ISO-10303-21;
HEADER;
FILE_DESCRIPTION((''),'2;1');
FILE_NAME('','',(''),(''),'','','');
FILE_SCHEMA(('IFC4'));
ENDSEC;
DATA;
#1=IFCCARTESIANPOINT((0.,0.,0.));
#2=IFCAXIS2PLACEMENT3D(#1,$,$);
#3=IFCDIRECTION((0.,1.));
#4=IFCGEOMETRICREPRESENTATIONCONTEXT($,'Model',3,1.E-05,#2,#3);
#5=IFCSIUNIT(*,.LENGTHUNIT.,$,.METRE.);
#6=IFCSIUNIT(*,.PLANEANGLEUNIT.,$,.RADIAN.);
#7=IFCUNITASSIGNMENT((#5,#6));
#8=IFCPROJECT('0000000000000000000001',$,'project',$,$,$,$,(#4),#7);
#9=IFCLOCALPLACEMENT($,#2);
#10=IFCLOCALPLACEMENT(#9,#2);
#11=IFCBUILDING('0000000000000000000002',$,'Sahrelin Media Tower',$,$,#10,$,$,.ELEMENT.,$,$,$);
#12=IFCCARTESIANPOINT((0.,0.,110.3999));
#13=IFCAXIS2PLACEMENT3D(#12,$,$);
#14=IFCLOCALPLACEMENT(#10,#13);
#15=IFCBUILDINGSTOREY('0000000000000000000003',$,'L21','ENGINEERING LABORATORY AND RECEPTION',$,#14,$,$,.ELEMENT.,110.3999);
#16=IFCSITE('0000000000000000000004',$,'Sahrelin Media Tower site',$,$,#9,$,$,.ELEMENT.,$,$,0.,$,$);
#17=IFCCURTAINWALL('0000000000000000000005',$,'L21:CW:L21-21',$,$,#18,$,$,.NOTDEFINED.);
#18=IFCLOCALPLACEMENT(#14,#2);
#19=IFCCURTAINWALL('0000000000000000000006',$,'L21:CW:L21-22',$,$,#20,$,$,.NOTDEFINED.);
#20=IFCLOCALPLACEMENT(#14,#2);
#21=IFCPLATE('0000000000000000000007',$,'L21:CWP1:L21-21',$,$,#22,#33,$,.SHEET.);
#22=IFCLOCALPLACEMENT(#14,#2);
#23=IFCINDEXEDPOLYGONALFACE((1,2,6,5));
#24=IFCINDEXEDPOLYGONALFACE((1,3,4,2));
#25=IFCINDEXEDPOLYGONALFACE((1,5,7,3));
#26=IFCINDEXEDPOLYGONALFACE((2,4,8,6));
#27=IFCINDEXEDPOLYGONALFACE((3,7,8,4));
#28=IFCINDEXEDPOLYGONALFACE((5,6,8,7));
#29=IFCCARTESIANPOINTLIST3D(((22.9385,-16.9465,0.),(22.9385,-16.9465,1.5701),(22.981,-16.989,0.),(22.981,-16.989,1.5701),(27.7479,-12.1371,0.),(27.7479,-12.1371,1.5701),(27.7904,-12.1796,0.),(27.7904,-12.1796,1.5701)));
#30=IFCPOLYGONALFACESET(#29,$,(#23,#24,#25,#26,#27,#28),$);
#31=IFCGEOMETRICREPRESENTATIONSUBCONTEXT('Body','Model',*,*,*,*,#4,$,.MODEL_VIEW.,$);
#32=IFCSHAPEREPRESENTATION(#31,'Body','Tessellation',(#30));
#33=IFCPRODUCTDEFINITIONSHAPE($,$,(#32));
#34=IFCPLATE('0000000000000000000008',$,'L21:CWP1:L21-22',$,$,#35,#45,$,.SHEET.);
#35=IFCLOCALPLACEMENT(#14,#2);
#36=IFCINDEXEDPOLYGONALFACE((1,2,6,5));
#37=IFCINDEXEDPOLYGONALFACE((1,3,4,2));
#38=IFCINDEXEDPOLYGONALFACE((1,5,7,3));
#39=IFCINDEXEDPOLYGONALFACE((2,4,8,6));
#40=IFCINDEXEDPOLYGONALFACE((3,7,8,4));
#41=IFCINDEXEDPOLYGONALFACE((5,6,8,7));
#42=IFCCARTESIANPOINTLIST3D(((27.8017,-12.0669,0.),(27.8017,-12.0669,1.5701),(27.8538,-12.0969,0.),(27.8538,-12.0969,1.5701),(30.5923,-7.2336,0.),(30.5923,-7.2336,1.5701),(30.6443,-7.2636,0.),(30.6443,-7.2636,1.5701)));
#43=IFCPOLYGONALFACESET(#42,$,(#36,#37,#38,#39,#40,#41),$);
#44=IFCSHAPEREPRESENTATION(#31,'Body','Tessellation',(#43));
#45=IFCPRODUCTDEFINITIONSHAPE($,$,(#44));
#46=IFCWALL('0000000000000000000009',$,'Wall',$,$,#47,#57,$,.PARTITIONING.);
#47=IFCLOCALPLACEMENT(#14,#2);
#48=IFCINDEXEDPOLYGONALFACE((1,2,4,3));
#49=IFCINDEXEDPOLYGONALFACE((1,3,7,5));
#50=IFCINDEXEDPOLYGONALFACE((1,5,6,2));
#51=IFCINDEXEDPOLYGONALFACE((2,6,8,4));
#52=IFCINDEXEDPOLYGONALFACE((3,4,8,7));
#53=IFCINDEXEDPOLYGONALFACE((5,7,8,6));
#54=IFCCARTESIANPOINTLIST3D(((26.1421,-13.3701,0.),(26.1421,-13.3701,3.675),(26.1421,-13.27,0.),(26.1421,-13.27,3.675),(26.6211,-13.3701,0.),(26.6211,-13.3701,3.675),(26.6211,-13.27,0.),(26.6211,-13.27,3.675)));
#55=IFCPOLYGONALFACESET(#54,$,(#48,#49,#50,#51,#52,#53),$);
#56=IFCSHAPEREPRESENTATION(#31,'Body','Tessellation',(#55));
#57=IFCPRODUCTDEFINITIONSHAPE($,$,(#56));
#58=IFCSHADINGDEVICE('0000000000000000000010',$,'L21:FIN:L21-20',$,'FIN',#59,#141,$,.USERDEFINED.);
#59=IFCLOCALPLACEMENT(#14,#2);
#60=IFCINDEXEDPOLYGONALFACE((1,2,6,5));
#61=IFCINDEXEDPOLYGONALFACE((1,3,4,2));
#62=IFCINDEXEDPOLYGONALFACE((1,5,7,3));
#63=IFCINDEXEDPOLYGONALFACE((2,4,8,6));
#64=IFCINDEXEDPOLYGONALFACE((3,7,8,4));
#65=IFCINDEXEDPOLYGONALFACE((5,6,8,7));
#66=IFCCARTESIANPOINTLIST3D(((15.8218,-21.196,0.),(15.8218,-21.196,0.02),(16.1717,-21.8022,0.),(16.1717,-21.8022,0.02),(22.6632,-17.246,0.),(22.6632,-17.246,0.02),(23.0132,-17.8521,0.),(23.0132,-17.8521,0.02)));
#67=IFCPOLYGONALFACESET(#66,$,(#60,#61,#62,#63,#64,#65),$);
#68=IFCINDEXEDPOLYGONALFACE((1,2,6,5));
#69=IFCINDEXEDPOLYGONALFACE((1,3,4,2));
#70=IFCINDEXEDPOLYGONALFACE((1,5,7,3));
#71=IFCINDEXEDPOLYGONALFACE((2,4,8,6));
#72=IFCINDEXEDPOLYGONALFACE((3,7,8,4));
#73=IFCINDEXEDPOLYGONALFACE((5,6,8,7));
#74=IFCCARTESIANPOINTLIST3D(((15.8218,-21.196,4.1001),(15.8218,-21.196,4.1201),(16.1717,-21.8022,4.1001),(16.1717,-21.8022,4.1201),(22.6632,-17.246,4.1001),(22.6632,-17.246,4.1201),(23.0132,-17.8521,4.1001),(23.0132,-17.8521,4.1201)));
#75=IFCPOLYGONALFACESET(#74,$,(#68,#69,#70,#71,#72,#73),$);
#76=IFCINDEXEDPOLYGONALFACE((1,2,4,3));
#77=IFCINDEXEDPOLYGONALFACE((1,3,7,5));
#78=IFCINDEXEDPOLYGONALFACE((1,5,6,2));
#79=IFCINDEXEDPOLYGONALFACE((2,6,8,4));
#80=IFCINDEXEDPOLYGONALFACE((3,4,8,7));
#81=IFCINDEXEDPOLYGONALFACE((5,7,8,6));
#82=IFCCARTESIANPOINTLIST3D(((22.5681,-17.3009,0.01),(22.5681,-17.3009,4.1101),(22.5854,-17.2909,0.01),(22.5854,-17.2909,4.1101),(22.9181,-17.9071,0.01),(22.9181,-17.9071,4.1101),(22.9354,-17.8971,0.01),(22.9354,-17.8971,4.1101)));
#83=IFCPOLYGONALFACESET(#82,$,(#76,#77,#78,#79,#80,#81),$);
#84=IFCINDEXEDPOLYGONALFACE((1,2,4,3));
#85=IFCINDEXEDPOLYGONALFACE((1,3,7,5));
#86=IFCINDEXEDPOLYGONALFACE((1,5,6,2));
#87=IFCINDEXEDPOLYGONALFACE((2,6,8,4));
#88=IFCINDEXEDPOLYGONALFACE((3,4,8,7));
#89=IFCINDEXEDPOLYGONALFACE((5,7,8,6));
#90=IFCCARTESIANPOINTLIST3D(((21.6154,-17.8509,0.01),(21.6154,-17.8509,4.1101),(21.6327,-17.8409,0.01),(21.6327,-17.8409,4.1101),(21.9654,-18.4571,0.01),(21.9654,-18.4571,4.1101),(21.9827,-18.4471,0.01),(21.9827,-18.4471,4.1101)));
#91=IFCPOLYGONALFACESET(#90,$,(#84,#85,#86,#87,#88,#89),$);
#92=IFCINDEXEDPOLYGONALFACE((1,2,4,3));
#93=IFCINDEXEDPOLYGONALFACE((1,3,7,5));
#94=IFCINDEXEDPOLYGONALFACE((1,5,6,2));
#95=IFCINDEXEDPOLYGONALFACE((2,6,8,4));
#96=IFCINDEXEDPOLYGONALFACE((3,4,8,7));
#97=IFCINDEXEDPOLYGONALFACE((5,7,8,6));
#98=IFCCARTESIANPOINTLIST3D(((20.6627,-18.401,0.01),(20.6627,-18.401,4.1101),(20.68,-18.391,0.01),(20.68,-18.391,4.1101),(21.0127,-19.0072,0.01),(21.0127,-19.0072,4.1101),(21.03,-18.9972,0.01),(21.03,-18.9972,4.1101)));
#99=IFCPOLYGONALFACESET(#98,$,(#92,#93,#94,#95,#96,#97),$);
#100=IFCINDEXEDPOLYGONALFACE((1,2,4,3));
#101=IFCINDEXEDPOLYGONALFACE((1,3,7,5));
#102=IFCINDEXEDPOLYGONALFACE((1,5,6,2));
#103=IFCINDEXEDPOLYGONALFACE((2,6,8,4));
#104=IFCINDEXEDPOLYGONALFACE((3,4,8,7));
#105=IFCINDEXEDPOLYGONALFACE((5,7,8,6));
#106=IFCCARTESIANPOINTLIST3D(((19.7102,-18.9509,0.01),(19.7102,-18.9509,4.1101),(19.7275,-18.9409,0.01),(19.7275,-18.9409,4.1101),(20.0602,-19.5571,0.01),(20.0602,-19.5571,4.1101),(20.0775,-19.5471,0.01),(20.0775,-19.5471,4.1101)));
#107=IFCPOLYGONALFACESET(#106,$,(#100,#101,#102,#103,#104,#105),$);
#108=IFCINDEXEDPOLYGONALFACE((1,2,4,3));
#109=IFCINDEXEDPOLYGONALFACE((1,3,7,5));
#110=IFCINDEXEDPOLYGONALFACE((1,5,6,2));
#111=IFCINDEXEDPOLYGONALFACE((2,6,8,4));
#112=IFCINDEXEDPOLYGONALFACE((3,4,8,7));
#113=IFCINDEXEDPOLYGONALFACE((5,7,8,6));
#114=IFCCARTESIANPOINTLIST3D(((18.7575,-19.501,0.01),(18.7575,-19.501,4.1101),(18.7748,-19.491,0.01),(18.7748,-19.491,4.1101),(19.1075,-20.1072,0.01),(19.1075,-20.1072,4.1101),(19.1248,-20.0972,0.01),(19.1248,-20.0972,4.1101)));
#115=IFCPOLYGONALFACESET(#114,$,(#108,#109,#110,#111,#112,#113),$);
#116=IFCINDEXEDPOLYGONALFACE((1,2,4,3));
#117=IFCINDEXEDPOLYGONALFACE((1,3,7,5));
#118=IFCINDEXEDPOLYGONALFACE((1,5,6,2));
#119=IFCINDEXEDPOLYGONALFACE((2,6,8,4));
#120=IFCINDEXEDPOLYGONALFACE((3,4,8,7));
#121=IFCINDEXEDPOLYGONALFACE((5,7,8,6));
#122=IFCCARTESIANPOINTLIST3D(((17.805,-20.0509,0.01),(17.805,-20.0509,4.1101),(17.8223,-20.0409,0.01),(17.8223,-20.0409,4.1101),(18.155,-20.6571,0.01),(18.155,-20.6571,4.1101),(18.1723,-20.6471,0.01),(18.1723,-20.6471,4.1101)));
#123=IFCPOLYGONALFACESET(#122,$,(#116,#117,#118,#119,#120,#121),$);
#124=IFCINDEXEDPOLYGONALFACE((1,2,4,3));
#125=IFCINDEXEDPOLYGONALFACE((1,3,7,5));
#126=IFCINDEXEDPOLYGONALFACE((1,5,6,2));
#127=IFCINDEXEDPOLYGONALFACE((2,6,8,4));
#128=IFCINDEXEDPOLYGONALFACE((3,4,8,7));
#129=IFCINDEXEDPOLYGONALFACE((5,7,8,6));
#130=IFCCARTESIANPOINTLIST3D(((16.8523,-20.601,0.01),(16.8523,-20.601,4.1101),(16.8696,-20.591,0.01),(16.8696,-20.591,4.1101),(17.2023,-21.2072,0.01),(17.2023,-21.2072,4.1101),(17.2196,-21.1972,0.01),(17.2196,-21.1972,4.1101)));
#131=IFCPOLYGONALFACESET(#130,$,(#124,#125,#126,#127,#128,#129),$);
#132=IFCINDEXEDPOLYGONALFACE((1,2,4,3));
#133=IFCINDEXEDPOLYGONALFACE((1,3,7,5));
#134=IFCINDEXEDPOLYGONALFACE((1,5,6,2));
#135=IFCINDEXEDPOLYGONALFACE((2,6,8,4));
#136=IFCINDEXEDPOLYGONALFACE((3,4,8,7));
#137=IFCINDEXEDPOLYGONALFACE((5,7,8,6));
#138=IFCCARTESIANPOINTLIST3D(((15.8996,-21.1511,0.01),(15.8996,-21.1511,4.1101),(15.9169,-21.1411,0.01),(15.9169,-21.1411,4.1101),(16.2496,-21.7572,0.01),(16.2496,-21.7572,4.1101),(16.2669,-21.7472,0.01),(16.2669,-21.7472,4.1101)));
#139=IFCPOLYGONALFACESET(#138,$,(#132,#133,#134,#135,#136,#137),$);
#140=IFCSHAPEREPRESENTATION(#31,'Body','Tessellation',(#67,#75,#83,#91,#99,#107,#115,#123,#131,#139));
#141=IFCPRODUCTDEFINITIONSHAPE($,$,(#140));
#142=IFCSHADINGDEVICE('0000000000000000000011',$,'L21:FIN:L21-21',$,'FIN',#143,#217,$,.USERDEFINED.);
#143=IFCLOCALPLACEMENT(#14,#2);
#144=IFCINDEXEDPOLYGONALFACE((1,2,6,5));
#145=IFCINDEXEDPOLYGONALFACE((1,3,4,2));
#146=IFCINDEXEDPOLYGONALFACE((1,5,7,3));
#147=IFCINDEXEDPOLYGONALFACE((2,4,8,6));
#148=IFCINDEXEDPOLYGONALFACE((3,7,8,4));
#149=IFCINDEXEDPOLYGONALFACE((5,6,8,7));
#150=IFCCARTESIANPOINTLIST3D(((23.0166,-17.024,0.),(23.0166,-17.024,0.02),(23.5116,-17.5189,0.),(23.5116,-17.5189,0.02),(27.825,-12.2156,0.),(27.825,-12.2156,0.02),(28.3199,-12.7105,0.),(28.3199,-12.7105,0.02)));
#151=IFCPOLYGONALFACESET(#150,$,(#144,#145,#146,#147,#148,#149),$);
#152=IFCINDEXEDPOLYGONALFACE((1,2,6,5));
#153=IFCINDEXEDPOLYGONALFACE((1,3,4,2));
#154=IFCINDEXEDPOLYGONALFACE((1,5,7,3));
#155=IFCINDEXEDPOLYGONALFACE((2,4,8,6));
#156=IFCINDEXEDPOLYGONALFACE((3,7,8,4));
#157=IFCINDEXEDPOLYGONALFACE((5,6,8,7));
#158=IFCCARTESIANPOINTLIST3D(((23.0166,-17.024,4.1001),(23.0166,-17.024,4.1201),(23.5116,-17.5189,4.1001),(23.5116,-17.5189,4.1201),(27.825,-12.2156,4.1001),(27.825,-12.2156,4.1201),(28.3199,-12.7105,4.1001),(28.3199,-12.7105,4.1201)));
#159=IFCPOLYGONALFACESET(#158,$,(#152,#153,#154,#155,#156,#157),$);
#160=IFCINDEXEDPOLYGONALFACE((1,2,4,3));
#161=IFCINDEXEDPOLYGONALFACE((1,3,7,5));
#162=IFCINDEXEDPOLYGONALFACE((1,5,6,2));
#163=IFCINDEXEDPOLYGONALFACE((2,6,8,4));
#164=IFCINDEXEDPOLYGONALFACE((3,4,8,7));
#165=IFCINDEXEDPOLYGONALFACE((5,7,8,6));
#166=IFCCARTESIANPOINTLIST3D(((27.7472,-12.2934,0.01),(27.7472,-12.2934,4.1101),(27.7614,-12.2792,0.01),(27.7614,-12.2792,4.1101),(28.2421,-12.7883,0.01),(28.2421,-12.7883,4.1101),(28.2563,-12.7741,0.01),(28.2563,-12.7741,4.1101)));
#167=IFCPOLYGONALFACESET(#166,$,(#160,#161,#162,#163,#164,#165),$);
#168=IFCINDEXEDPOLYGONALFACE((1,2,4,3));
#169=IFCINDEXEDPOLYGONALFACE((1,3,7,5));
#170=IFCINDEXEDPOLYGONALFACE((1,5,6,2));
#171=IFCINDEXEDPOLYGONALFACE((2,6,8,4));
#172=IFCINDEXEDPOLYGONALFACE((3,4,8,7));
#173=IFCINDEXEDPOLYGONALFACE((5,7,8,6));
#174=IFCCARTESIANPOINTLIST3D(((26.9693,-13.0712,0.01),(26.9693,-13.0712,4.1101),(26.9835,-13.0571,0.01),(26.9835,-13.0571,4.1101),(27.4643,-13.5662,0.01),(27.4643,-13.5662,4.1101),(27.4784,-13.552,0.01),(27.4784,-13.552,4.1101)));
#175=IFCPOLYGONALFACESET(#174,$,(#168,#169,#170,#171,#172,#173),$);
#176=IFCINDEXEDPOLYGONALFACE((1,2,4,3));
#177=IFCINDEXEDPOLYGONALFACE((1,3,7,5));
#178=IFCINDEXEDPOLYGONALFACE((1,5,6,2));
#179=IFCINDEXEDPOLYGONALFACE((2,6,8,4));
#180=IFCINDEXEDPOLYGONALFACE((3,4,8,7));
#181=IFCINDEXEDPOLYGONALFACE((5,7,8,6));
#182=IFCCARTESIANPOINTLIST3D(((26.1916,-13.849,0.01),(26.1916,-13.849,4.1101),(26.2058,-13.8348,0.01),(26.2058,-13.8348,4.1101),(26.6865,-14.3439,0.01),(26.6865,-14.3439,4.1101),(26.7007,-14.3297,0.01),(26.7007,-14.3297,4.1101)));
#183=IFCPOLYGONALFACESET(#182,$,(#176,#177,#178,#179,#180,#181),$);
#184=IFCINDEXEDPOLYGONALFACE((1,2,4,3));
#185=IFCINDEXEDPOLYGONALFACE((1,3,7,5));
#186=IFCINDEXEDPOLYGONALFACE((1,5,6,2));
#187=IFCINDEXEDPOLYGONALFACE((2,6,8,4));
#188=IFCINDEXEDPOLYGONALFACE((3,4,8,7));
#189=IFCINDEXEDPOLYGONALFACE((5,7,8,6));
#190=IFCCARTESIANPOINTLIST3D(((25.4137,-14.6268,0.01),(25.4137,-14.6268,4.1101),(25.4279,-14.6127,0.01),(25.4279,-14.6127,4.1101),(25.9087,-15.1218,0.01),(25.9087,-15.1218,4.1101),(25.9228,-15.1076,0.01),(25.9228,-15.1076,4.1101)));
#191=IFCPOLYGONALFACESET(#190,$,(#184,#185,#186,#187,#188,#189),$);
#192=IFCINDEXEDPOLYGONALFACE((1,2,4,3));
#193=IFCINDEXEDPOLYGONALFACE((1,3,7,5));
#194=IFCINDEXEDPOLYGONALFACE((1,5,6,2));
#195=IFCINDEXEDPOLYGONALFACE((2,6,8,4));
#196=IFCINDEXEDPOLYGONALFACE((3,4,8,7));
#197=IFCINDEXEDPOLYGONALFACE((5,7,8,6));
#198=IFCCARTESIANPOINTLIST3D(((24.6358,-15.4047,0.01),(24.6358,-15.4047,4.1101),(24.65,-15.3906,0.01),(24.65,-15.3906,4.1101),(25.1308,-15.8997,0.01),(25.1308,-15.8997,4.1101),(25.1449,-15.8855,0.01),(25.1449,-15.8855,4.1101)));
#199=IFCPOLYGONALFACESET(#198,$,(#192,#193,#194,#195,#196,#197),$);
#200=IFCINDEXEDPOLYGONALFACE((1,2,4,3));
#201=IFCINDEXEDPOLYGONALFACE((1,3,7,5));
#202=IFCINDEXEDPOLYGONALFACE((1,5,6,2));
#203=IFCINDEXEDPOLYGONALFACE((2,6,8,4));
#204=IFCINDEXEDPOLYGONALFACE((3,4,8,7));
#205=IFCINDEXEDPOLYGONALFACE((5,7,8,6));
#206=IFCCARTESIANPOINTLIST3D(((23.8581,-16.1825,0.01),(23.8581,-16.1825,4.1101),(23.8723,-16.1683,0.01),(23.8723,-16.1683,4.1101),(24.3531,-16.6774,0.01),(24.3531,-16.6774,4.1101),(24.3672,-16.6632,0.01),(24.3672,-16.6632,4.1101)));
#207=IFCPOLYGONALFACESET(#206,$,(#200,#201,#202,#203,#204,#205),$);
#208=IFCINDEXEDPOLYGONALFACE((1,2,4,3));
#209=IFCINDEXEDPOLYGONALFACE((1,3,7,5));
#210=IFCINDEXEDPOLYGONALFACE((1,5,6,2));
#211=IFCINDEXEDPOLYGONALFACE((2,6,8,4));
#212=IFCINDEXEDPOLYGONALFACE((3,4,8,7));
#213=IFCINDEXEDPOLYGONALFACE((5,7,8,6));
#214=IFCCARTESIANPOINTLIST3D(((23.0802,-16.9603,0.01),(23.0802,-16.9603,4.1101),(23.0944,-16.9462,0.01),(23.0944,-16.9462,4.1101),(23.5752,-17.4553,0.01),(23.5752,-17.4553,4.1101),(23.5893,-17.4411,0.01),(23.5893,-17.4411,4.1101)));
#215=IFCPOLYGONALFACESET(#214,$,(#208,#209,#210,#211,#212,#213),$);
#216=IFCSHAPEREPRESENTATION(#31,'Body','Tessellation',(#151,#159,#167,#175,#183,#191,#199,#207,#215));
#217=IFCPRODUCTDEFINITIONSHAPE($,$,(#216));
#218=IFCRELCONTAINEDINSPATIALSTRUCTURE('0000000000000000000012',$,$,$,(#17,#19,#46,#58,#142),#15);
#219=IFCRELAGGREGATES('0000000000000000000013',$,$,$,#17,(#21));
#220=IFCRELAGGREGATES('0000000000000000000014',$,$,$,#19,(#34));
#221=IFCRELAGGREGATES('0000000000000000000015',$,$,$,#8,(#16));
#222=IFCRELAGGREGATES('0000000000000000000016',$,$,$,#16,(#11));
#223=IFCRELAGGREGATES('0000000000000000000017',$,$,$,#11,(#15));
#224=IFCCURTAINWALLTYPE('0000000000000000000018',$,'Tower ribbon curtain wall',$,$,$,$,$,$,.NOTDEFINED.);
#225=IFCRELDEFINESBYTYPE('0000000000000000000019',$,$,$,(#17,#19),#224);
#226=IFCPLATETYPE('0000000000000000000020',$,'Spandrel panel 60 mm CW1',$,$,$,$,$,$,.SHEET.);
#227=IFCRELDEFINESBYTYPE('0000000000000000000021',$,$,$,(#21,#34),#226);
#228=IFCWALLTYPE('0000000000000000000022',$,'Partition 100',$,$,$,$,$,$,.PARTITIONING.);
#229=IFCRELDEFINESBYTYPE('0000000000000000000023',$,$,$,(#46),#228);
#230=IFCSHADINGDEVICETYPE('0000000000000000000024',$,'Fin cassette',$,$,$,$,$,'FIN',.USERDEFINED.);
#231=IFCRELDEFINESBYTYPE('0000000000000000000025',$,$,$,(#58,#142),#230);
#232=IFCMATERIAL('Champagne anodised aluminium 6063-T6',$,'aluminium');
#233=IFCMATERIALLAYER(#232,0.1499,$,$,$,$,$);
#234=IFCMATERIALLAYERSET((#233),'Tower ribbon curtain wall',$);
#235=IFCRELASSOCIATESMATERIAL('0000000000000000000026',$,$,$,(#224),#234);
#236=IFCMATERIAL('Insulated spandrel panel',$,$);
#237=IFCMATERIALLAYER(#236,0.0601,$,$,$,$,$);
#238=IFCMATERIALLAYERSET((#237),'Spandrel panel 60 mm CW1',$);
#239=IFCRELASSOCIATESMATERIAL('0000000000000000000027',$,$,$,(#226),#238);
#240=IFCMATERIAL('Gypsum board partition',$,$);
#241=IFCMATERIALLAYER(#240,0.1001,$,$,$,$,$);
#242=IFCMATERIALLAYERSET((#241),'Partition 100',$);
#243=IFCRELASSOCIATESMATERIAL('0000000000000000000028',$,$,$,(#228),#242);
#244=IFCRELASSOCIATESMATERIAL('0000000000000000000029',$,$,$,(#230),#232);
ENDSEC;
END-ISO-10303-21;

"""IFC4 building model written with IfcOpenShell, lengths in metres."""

from ifc_helpers import new_model, si_unit, direction, frame, frame_2d, origin, origin_2d, place, context, subcontext, project, spatial, polyline, rectangle, outline, extrude, material, layer, layer_set, type_object, element, aggregate, save


model = new_model("IFC4")

# Units and contexts
model_context = context("Model", 3, precision=1e-05, world=origin(), true_north=direction((0.0, 1.0)))
body_context = subcontext(model_context, "Body", "Model", "MODEL_VIEW")
ifc_project = project(units=[si_unit("LENGTHUNIT", "METRE"), si_unit("PLANEANGLEUNIT", "RADIAN")], contexts=[model_context])

# Site, building, storey
site_placement = place(None, origin())
site = spatial("IfcSite", under=ifc_project, at=site_placement, Name="Sahrelin Media Tower site", CompositionType="ELEMENT", RefElevation=0.0)
building_placement = place(site_placement, origin())
building = spatial("IfcBuilding", under=site, at=building_placement, Name="Sahrelin Media Tower", CompositionType="ELEMENT")
storey_placement = place(building_placement, frame((0.0, 0.0, 110.3999)))
storey = spatial("IfcBuildingStorey", under=building, at=storey_placement, Name="L21", Description="ENGINEERING LABORATORY AND RECEPTION", CompositionType="ELEMENT", Elevation=110.3999)

# Curtain wall
ifc_material_1 = material(Name="Champagne anodised aluminium 6063-T6", Category="aluminium")
ifc_layer_1 = layer(ifc_material_1, 0.1499)
ifc_layer_set_1 = layer_set([ifc_layer_1], Name="Tower ribbon curtain wall")
curtain_wall_type = type_object("IfcCurtainWallType", Name="Tower ribbon curtain wall", PredefinedType="NOTDEFINED", material=ifc_layer_set_1)
curtain_wall_1_placement = place(storey_placement, frame((25.3713, -14.5703, 0.0), z_axis=(0.0, 0.0, 1.0), x_axis=(1.0, 0.0, 0.0)))
curtain_wall_1 = element("IfcCurtainWall", 1, at=curtain_wall_1_placement, inside=storey, type_object=curtain_wall_type, Name="L21:CW:L21-21", PredefinedType="NOTDEFINED")

# Curtain wall
curtain_wall_2_placement = place(storey_placement, frame((29.2317, -9.6704, 0.0), z_axis=(0.0, 0.0, 1.0), x_axis=(1.0, 0.0, 0.0)))
curtain_wall_2 = element("IfcCurtainWall", 2, at=curtain_wall_2_placement, inside=storey, type_object=curtain_wall_type, Name="L21:CW:L21-22", PredefinedType="NOTDEFINED")

# Plates
ifc_material_2 = material(Name="Insulated spandrel panel")
ifc_layer_2 = layer(ifc_material_2, 0.0601)
ifc_layer_set_2 = layer_set([ifc_layer_2], Name="Spandrel panel 60 mm CW1")
plate_type_1 = type_object("IfcPlateType", Name="Spandrel panel 60 mm CW1", PredefinedType="SHEET", material=ifc_layer_set_2)
plate_1_placement = place(storey_placement, frame((22.981, -16.989, 0.0), z_axis=(0.707107, -0.707107, 0.0), x_axis=(0.707107, 0.707107, 0.0)))
plate_1 = element("IfcPlate", 3, at=plate_1_placement, type_object=plate_type_1, Name="L21:CWP1:L21-21", PredefinedType="SHEET", context=body_context, shape_type="SweptSolid", body=[
    extrude(outline(polyline([(0.0, 0.0), (6.8015, 0.0), (6.8015, 1.5701), (0.0, 1.5701), (0.0, 0.0)])), origin(), (0.0, 0.0, -1.0), 0.0601),
])
aggregate(curtain_wall_1, [plate_1])
plate_2_placement = place(storey_placement, frame((27.8538, -12.0969, 0.0), z_axis=(0.866022, -0.500006, 0.0), x_axis=(0.500006, 0.866022, 0.0)))
plate_2 = element("IfcPlate", 4, at=plate_2_placement, type_object=plate_type_1, Name="L21:CWP1:L21-22", PredefinedType="SHEET", context=body_context, shape_type="SweptSolid", body=[
    extrude(outline(polyline([(0.0, 0.0), (5.5811, 0.0), (5.5811, 1.5701), (0.0, 1.5701), (0.0, 0.0)])), origin(), (0.0, 0.0, -1.0), 0.0601),
])
aggregate(curtain_wall_2, [plate_2])

# Wall
ifc_material_3 = material(Name="Gypsum board partition")
ifc_layer_3 = layer(ifc_material_3, 0.1001)
ifc_layer_set_3 = layer_set([ifc_layer_3], Name="Partition 100")
wall_type = type_object("IfcWallType", Name="Partition 100", PredefinedType="PARTITIONING", material=ifc_layer_set_3)
wall_placement = place(storey_placement, frame((26.1421, -13.3201, 0.0), z_axis=(0.0, 0.0, 1.0), x_axis=(1.0, 0.0, 0.0)))
element("IfcWall", 5, at=wall_placement, inside=storey, type_object=wall_type, Name="Wall", PredefinedType="PARTITIONING", context=body_context, shape_type="SweptSolid", body=[
    extrude(rectangle(XDim=0.479, YDim=0.1001, at=frame_2d((0.2395, 0.0))), origin(), (0.0, 0.0, 1.0), 3.675),
])

# Shading devices
shading_device_type_1 = type_object("IfcShadingDeviceType", Name="Fin cassette", ElementType="FIN", PredefinedType="USERDEFINED", material=ifc_material_1)
placement_1 = place(storey_placement, frame((19.2075, -19.1604, 0.0), z_axis=(0.0, 0.0, 1.0), x_axis=(-0.866019, -0.500011, 0.0)))
element("IfcShadingDevice", 6, at=placement_1, inside=storey, type_object=shading_device_type_1, Name="L21:FIN:L21-20", ObjectType="FIN", PredefinedType="USERDEFINED", context=body_context, shape_type="SweptSolid", body=[
    extrude(rectangle(XDim=7.8999, YDim=0.7, at=origin_2d()), frame((0.0, 0.4199, 0.0)), (0.0, 0.0, 1.0), 0.02),
    extrude(rectangle(XDim=7.8999, YDim=0.7, at=origin_2d()), frame((0.0, 0.4199, 4.1001)), (0.0, 0.0, 1.0), 0.02),
    extrude(rectangle(XDim=0.02, YDim=0.7, at=origin_2d()), frame((-3.8501, 0.4199, 0.01), z_axis=(0.0, 0.0, 1.0), x_axis=(1.0, 0.0, 0.0)), (0.0, 0.0, 1.0), 4.1001),
    extrude(rectangle(XDim=0.02, YDim=0.7, at=origin_2d()), frame((-2.75, 0.4199, 0.01), z_axis=(0.0, 0.0, 1.0), x_axis=(1.0, 0.0, 0.0)), (0.0, 0.0, 1.0), 4.1001),
    extrude(rectangle(XDim=0.02, YDim=0.7, at=origin_2d()), frame((-1.6499, 0.4199, 0.01), z_axis=(0.0, 0.0, 1.0), x_axis=(1.0, 0.0, 0.0)), (0.0, 0.0, 1.0), 4.1001),
    extrude(rectangle(XDim=0.02, YDim=0.7, at=origin_2d()), frame((-0.55, 0.4199, 0.01), z_axis=(0.0, 0.0, 1.0), x_axis=(1.0, 0.0, 0.0)), (0.0, 0.0, 1.0), 4.1001),
    extrude(rectangle(XDim=0.02, YDim=0.7, at=origin_2d()), frame((0.55, 0.4199, 0.01), z_axis=(0.0, 0.0, 1.0), x_axis=(1.0, 0.0, 0.0)), (0.0, 0.0, 1.0), 4.1001),
    extrude(rectangle(XDim=0.02, YDim=0.7, at=origin_2d()), frame((1.6499, 0.4199, 0.01), z_axis=(0.0, 0.0, 1.0), x_axis=(1.0, 0.0, 0.0)), (0.0, 0.0, 1.0), 4.1001),
    extrude(rectangle(XDim=0.02, YDim=0.7, at=origin_2d()), frame((2.75, 0.4199, 0.01), z_axis=(0.0, 0.0, 1.0), x_axis=(1.0, 0.0, 0.0)), (0.0, 0.0, 1.0), 4.1001),
    extrude(rectangle(XDim=0.02, YDim=0.7, at=origin_2d()), frame((3.8501, 0.4199, 0.01), z_axis=(0.0, 0.0, 1.0), x_axis=(1.0, 0.0, 0.0)), (0.0, 0.0, 1.0), 4.1001),
])
placement_2 = place(storey_placement, frame((25.3713, -14.5703, 0.0), z_axis=(0.0, 0.0, 1.0), x_axis=(-0.707107, -0.707107, 0.0)))
element("IfcShadingDevice", 7, at=placement_2, inside=storey, type_object=shading_device_type_1, Name="L21:FIN:L21-21", ObjectType="FIN", PredefinedType="USERDEFINED", context=body_context, shape_type="SweptSolid", body=[
    extrude(rectangle(XDim=6.8, YDim=0.7, at=origin_2d()), frame((0.0, 0.4199, 0.0)), (0.0, 0.0, 1.0), 0.02),
    extrude(rectangle(XDim=6.8, YDim=0.7, at=origin_2d()), frame((0.0, 0.4199, 4.1001)), (0.0, 0.0, 1.0), 0.02),
    extrude(rectangle(XDim=0.02, YDim=0.7, at=origin_2d()), frame((-3.3, 0.4199, 0.01), z_axis=(0.0, 0.0, 1.0), x_axis=(1.0, 0.0, 0.0)), (0.0, 0.0, 1.0), 4.1001),
    extrude(rectangle(XDim=0.02, YDim=0.7, at=origin_2d()), frame((-2.2, 0.4199, 0.01), z_axis=(0.0, 0.0, 1.0), x_axis=(1.0, 0.0, 0.0)), (0.0, 0.0, 1.0), 4.1001),
    extrude(rectangle(XDim=0.02, YDim=0.7, at=origin_2d()), frame((-1.1001, 0.4199, 0.01), z_axis=(0.0, 0.0, 1.0), x_axis=(1.0, 0.0, 0.0)), (0.0, 0.0, 1.0), 4.1001),
    extrude(rectangle(XDim=0.02, YDim=0.7, at=origin_2d()), frame((0.0, 0.4199, 0.01), z_axis=(0.0, 0.0, 1.0), x_axis=(1.0, 0.0, 0.0)), (0.0, 0.0, 1.0), 4.1001),
    extrude(rectangle(XDim=0.02, YDim=0.7, at=origin_2d()), frame((1.1001, 0.4199, 0.01), z_axis=(0.0, 0.0, 1.0), x_axis=(1.0, 0.0, 0.0)), (0.0, 0.0, 1.0), 4.1001),
    extrude(rectangle(XDim=0.02, YDim=0.7, at=origin_2d()), frame((2.2, 0.4199, 0.01), z_axis=(0.0, 0.0, 1.0), x_axis=(1.0, 0.0, 0.0)), (0.0, 0.0, 1.0), 4.1001),
    extrude(rectangle(XDim=0.02, YDim=0.7, at=origin_2d()), frame((3.3, 0.4199, 0.01), z_axis=(0.0, 0.0, 1.0), x_axis=(1.0, 0.0, 0.0)), (0.0, 0.0, 1.0), 4.1001),
])

save(model, "model.ifc")
